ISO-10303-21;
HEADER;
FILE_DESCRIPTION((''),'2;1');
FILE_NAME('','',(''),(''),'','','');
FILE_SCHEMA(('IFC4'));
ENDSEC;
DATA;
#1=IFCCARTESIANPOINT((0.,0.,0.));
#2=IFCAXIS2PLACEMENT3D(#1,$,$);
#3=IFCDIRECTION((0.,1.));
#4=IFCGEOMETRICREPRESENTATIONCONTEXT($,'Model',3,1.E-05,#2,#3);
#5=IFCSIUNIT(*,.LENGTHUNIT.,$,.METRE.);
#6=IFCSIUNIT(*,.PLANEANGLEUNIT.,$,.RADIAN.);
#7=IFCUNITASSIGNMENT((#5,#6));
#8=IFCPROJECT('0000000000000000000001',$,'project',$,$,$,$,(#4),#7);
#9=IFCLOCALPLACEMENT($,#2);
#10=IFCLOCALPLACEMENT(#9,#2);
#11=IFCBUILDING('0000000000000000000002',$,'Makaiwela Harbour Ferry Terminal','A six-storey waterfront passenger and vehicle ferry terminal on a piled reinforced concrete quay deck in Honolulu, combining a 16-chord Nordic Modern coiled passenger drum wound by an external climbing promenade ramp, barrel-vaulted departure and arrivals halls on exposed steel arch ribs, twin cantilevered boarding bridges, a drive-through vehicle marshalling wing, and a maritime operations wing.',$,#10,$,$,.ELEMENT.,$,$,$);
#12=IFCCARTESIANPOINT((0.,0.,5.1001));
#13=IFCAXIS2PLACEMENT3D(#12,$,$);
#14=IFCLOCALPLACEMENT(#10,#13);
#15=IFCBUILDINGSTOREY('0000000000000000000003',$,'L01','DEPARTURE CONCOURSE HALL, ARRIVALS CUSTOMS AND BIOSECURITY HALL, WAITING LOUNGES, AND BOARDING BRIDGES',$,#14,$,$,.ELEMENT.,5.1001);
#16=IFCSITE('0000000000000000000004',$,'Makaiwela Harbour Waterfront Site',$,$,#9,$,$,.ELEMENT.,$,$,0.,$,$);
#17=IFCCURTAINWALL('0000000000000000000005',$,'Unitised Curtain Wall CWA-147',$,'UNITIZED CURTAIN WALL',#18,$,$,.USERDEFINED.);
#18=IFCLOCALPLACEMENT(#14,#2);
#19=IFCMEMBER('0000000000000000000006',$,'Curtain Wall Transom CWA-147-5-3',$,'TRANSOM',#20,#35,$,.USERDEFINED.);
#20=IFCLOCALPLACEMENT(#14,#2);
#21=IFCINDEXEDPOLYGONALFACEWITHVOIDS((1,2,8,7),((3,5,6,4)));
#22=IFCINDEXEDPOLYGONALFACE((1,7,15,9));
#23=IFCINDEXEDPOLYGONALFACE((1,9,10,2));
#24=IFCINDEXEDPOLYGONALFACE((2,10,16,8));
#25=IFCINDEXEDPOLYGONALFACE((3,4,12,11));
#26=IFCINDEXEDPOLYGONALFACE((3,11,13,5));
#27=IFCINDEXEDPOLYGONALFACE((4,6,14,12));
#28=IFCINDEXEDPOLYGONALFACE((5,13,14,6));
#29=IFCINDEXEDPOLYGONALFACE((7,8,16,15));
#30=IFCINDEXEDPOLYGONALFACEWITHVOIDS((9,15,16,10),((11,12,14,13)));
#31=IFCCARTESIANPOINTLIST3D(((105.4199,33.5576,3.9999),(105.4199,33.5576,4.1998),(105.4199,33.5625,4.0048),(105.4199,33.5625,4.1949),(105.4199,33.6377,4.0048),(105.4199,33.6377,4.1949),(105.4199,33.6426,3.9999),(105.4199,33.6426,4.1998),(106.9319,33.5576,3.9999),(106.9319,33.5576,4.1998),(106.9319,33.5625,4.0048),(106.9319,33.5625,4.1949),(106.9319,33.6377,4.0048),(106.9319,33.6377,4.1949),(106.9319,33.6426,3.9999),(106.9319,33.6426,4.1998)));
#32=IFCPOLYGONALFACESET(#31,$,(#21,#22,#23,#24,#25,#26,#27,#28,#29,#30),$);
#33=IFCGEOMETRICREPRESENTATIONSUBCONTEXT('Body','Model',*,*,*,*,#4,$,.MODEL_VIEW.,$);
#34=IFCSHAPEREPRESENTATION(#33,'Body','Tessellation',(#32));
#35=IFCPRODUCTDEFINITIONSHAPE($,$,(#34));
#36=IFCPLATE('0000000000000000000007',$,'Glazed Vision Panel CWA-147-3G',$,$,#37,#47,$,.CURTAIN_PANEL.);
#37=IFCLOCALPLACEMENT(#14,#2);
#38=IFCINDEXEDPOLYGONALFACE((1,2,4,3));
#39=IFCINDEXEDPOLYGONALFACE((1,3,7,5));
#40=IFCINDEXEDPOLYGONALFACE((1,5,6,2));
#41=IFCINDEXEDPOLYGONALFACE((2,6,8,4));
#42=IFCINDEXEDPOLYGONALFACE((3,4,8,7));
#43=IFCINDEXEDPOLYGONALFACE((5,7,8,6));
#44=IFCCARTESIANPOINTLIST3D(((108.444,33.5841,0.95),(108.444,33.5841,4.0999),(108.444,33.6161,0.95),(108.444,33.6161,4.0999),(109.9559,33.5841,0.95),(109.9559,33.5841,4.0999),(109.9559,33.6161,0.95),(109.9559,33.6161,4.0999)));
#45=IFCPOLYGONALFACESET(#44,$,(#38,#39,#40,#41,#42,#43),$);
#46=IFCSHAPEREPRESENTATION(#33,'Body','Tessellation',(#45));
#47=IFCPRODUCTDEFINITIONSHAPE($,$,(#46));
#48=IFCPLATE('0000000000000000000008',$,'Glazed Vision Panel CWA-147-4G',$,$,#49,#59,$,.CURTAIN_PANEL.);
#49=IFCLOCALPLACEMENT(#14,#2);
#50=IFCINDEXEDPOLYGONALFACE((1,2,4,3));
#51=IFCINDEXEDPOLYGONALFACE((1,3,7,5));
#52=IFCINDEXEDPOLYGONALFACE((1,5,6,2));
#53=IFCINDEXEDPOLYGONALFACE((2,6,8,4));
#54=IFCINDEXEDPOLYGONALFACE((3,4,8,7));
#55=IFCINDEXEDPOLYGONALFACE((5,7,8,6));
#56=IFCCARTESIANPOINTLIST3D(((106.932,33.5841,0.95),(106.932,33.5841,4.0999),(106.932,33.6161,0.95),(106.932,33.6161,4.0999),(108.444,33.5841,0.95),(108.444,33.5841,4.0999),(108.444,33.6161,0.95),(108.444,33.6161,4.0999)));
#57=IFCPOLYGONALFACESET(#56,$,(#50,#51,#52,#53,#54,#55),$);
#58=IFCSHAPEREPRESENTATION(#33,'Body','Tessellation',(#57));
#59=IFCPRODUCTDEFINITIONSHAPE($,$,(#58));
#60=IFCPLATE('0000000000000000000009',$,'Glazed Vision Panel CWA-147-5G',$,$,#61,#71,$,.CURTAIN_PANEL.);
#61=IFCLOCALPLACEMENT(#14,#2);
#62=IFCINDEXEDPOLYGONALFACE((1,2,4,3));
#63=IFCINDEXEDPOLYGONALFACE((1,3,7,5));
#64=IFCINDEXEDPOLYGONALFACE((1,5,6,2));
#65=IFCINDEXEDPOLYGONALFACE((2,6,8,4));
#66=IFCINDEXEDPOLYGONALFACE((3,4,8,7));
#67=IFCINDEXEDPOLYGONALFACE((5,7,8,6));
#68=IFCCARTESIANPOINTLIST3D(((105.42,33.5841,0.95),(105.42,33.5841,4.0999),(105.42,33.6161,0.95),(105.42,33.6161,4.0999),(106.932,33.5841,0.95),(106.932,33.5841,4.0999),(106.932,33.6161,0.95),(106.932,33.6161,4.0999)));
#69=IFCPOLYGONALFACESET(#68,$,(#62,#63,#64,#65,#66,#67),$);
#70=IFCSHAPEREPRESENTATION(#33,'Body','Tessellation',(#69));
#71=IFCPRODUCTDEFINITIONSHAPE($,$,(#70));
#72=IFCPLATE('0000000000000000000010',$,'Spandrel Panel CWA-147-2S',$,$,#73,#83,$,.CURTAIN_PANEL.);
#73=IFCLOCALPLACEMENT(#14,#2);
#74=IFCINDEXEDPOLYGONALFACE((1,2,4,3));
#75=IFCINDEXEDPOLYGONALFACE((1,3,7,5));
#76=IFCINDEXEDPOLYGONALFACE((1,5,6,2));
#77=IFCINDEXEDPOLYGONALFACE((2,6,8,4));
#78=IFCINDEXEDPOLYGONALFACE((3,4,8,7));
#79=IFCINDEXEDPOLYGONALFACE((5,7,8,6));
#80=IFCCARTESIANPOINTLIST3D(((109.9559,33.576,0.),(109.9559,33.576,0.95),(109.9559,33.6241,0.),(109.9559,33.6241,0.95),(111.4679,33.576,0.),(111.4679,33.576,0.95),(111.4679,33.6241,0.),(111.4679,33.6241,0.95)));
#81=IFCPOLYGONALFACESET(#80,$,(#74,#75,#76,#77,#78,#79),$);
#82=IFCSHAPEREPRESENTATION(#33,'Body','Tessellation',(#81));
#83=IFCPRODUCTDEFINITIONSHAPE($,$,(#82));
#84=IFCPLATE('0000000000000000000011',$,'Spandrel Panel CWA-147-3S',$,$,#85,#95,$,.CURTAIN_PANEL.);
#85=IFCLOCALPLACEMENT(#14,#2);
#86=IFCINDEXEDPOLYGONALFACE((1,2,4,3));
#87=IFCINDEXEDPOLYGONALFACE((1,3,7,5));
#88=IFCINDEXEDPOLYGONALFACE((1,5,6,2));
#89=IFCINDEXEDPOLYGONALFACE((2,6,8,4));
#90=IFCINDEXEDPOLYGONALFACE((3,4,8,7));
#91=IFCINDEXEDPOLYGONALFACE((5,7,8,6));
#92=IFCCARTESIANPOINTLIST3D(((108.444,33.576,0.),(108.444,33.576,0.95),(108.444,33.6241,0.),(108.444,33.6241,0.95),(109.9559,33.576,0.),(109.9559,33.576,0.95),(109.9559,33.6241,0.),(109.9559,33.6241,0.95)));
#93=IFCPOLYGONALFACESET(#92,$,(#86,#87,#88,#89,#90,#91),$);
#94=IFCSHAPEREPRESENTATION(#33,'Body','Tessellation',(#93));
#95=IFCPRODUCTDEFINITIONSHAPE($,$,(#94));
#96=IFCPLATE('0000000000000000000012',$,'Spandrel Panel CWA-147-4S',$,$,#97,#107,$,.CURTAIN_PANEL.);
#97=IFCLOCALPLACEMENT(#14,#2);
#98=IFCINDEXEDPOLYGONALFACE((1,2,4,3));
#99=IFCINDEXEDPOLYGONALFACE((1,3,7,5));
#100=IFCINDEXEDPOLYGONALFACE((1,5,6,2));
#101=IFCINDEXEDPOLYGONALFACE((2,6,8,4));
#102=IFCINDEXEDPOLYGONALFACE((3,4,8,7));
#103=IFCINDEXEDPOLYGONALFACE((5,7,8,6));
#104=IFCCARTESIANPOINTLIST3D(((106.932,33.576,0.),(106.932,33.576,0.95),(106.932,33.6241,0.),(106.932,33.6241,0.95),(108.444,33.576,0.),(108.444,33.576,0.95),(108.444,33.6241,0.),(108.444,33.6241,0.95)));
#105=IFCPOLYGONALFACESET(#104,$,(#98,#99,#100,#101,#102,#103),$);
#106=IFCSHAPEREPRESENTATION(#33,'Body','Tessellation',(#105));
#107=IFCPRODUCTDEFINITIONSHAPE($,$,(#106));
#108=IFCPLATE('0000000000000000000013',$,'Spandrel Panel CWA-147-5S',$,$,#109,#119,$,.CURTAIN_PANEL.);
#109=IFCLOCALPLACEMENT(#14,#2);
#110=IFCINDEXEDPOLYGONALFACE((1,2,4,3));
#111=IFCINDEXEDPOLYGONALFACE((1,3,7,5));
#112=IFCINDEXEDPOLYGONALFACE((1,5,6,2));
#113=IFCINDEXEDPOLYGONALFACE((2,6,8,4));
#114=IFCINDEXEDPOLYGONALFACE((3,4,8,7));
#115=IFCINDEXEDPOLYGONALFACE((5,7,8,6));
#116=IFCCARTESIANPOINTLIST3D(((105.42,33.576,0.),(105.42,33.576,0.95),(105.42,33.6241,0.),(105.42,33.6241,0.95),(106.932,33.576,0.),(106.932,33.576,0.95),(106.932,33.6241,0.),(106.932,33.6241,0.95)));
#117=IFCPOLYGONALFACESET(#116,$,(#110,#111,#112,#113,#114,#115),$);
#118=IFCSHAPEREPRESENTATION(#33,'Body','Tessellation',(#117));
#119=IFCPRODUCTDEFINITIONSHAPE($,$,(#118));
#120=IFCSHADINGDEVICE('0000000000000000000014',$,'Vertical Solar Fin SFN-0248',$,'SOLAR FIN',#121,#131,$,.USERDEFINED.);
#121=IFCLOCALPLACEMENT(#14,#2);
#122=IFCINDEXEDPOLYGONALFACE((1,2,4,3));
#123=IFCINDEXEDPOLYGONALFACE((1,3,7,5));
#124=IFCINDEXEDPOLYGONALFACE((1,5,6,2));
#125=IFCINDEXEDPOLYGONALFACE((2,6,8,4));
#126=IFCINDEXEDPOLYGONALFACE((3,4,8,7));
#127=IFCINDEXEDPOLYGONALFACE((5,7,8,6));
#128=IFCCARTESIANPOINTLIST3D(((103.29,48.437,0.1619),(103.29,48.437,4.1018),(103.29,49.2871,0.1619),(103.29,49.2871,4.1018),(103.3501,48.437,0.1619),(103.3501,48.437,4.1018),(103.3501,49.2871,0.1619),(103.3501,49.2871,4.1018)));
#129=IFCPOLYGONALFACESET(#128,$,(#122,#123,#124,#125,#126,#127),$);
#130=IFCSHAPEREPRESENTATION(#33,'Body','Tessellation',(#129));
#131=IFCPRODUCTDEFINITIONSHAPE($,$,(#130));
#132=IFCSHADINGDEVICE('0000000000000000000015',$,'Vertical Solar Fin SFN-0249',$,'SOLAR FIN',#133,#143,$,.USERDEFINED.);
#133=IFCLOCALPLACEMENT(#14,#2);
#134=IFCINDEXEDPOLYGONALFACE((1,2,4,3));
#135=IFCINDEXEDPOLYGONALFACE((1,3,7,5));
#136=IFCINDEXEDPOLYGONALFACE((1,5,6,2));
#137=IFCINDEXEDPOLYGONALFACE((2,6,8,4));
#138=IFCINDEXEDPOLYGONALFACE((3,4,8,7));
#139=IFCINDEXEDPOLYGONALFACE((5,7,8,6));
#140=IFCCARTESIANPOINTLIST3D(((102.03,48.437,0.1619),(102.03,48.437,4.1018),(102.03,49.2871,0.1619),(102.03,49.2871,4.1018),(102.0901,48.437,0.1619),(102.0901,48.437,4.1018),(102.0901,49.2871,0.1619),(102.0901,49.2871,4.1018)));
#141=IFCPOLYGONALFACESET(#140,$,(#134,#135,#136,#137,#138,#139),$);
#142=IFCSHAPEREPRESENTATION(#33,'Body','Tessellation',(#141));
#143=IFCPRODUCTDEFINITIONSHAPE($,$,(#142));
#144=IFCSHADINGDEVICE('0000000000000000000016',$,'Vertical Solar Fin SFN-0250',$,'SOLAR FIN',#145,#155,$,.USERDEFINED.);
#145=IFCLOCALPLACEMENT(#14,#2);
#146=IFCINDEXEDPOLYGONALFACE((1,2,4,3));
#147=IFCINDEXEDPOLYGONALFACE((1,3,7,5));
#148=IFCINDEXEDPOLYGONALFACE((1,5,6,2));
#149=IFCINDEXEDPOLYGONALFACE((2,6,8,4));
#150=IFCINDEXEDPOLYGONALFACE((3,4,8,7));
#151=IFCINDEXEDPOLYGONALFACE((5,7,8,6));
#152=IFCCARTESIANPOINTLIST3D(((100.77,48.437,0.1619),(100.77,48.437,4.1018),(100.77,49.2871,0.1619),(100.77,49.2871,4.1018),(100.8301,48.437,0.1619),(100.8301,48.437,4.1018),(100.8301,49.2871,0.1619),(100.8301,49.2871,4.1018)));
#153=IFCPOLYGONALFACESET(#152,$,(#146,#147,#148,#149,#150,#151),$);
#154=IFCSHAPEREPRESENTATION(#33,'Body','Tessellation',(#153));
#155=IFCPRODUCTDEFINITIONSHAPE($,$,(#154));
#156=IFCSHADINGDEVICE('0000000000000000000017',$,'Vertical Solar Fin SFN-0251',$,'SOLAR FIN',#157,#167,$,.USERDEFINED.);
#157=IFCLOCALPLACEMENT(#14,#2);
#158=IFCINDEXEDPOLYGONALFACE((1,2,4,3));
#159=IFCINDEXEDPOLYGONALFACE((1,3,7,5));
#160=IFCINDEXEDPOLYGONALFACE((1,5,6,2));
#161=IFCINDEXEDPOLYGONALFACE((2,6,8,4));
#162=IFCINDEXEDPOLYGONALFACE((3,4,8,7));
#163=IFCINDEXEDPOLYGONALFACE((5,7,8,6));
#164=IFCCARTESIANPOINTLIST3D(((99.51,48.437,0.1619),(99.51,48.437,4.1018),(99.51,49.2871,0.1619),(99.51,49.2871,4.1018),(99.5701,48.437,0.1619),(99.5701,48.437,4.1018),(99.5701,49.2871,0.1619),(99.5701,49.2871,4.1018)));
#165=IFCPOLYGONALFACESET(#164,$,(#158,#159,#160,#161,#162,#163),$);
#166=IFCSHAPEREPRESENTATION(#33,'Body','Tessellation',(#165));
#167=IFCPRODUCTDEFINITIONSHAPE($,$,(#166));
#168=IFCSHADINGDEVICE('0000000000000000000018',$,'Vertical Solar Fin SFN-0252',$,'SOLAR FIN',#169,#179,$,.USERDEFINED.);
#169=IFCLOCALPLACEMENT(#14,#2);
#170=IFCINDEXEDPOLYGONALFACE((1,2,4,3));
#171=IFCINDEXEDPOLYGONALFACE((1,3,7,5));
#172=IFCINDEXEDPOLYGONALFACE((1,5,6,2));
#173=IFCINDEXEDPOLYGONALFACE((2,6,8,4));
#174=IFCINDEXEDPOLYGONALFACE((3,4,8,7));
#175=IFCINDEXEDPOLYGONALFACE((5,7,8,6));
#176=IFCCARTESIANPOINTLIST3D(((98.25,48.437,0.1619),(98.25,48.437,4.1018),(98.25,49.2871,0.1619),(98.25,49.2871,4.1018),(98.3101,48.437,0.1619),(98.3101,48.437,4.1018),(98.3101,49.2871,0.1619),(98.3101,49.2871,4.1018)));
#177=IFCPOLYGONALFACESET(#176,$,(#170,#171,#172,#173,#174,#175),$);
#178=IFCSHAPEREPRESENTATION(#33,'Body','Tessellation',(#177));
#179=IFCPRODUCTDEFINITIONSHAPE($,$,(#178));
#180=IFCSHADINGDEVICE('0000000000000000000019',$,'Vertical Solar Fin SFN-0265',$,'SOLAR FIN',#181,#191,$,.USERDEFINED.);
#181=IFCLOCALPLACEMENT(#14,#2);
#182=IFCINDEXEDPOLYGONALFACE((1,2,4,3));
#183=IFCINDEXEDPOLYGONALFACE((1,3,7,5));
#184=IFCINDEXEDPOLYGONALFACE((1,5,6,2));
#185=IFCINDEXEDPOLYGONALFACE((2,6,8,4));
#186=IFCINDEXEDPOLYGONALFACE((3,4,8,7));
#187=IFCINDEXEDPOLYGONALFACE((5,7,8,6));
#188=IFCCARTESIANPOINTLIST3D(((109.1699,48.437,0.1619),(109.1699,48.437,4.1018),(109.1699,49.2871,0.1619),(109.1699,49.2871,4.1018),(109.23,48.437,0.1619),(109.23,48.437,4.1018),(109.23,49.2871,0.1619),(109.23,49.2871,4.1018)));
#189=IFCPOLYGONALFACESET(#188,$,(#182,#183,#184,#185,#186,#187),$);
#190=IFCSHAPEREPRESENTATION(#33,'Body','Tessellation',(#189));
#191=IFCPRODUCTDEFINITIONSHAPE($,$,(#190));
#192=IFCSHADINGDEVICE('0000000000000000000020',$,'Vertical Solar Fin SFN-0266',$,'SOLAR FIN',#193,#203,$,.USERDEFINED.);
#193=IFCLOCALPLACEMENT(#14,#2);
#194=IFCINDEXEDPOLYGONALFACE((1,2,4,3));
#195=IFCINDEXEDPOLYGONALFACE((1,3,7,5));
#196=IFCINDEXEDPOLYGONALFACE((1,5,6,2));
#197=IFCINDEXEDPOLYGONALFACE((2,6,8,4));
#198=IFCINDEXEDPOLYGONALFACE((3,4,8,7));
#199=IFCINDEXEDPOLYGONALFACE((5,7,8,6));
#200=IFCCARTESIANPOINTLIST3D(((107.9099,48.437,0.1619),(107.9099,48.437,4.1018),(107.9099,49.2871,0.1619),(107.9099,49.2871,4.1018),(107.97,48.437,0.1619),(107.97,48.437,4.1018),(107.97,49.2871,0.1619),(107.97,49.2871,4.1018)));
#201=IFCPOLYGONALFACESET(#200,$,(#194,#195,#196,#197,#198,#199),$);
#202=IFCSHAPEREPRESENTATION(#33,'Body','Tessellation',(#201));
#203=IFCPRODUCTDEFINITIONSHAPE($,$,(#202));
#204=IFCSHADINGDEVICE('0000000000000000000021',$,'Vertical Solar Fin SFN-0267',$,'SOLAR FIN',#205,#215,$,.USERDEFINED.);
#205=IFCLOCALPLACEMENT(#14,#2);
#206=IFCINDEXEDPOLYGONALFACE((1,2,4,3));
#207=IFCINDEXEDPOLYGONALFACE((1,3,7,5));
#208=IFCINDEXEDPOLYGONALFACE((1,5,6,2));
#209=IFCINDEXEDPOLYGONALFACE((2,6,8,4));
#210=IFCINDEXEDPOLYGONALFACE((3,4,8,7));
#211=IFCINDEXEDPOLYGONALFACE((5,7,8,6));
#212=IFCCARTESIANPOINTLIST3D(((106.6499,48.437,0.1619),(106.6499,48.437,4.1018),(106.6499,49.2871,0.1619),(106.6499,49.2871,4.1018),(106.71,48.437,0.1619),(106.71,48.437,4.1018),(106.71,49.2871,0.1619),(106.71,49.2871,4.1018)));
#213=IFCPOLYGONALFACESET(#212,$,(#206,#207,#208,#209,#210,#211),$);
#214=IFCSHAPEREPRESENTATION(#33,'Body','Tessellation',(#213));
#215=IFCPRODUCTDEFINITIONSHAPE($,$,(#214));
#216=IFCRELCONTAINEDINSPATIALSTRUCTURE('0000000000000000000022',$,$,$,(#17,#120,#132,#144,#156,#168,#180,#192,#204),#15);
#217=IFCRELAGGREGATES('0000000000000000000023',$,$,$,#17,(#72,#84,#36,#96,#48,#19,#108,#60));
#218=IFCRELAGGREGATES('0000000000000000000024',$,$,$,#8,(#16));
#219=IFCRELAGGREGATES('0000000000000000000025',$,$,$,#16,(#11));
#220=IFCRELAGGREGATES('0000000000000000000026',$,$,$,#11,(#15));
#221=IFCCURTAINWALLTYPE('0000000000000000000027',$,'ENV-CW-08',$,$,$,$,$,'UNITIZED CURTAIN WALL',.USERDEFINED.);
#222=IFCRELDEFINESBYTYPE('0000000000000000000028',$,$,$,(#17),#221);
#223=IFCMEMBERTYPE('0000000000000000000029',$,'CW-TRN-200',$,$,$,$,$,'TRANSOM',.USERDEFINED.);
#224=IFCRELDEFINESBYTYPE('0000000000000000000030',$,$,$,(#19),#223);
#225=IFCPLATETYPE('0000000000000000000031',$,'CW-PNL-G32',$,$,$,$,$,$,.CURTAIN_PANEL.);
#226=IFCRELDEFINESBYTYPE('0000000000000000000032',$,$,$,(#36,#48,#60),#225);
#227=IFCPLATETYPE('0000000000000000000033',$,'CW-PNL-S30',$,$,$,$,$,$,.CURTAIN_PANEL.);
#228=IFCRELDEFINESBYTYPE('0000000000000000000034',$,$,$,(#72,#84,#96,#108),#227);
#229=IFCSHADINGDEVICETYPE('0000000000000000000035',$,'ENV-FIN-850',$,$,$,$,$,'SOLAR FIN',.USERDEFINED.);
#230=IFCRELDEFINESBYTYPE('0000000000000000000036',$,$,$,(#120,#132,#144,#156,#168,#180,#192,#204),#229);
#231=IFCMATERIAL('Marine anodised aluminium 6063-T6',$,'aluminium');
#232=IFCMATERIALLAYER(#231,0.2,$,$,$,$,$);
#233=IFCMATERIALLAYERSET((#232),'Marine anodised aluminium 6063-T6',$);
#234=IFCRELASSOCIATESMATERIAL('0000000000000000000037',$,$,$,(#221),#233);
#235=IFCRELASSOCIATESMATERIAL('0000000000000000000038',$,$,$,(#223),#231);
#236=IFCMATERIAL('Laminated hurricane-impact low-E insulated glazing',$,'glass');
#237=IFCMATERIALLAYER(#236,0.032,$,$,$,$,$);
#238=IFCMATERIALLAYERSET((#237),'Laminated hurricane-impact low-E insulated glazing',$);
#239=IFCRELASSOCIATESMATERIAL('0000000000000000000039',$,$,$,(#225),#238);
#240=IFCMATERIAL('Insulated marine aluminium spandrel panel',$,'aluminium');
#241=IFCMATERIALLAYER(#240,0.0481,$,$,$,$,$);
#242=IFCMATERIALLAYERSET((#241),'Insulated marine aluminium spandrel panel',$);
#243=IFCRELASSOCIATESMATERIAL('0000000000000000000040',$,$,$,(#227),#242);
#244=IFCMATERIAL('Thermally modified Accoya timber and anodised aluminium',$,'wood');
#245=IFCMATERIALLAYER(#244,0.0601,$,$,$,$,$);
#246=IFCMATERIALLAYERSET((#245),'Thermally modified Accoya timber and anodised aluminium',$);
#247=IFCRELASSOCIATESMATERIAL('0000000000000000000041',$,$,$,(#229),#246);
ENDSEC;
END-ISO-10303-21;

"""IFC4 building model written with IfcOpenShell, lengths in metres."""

from ifc_helpers import new_model, si_unit, direction, frame, origin, origin_2d, place, context, subcontext, project, spatial, rectangle, hollow_rectangle, extrude, material, layer, layer_set, material_profile, profile_set, type_object, element, aggregate, save


model = new_model("IFC4")

# Units and contexts
model_context = context("Model", 3, precision=1e-05, world=origin(), true_north=direction((0.0, 1.0)))
body_context = subcontext(model_context, "Body", "Model", "MODEL_VIEW")
ifc_project = project(units=[si_unit("LENGTHUNIT", "METRE"), si_unit("PLANEANGLEUNIT", "RADIAN")], contexts=[model_context])

# Site, building, storey
site_placement = place(None, origin())
site = spatial("IfcSite", under=ifc_project, at=site_placement, Name="Makaiwela Harbour Waterfront Site", CompositionType="ELEMENT", RefElevation=0.0)
building_placement = place(site_placement, origin())
building = spatial("IfcBuilding", under=site, at=building_placement, Name="Makaiwela Harbour Ferry Terminal", Description="A six-storey waterfront passenger and vehicle ferry terminal on a piled reinforced concrete quay deck in Honolulu, combining a 16-chord Nordic Modern coiled passenger drum wound by an external climbing promenade ramp, barrel-vaulted departure and arrivals halls on exposed steel arch ribs, twin cantilevered boarding bridges, a drive-through vehicle marshalling wing, and a maritime operations wing.", CompositionType="ELEMENT")
storey_placement = place(building_placement, frame((0.0, 0.0, 5.1001)))
storey = spatial("IfcBuildingStorey", under=building, at=storey_placement, Name="L01", Description="DEPARTURE CONCOURSE HALL, ARRIVALS CUSTOMS AND BIOSECURITY HALL, WAITING LOUNGES, AND BOARDING BRIDGES", CompositionType="ELEMENT", Elevation=5.1001)

# Curtain wall, member, plates
ifc_material_1 = material(Name="Marine anodised aluminium 6063-T6", Category="aluminium")
ifc_layer_1 = layer(ifc_material_1, 0.2)
ifc_layer_set_1 = layer_set([ifc_layer_1], Name="Marine anodised aluminium 6063-T6")
curtain_wall_type = type_object("IfcCurtainWallType", Name="ENV-CW-08", ElementType="UNITIZED CURTAIN WALL", PredefinedType="USERDEFINED", material=ifc_layer_set_1)
curtain_wall_placement = place(storey_placement, origin())
curtain_wall = element("IfcCurtainWall", 1, at=curtain_wall_placement, inside=storey, type_object=curtain_wall_type, Name="Unitised Curtain Wall CWA-147", ObjectType="UNITIZED CURTAIN WALL", PredefinedType="USERDEFINED")
ifc_material_profile_1 = material_profile(ifc_material_1, hollow_rectangle(XDim=0.085, YDim=0.2, WallThickness=0.0049, at=origin_2d()), Name="CWT-200X85")
ifc_profile_set_1 = profile_set([ifc_material_profile_1], Name="Marine anodised aluminium 6063-T6")
member_type_1 = type_object("IfcMemberType", Name="CW-TRN-200", ElementType="TRANSOM", PredefinedType="USERDEFINED", material=ifc_profile_set_1)
member_1_placement = place(storey_placement, frame((106.9319, 33.6001, 4.0999), z_axis=(-1.0, 0.0, 0.0), x_axis=(0.0, -1.0, 0.0)))
member_1 = element("IfcMember", 2, at=member_1_placement, type_object=member_type_1, Name="Curtain Wall Transom CWA-147-5-3", ObjectType="TRANSOM", PredefinedType="USERDEFINED", context=body_context, shape_type="SweptSolid", body=[
    extrude(hollow_rectangle(XDim=0.085, YDim=0.2, WallThickness=0.0049, at=origin_2d()), origin(), (0.0, 0.0, 1.0), 1.512),
])
ifc_material_2 = material(Name="Laminated hurricane-impact low-E insulated glazing", Category="glass")
ifc_layer_2 = layer(ifc_material_2, 0.032)
ifc_layer_set_2 = layer_set([ifc_layer_2], Name="Laminated hurricane-impact low-E insulated glazing")
plate_type_1 = type_object("IfcPlateType", Name="CW-PNL-G32", PredefinedType="CURTAIN_PANEL", material=ifc_layer_set_2)
plate_1_placement = place(storey_placement, frame((109.2, 33.6001, 0.95), z_axis=(0.0, 0.0, 1.0), x_axis=(-1.0, 0.0, 0.0)))
plate_1 = element("IfcPlate", 3, at=plate_1_placement, type_object=plate_type_1, Name="Glazed Vision Panel CWA-147-3G", PredefinedType="CURTAIN_PANEL", context=body_context, shape_type="SweptSolid", body=[
    extrude(rectangle(XDim=1.512, YDim=0.032, at=origin_2d()), origin(), (0.0, 0.0, 1.0), 3.1499),
])
plate_2_placement = place(storey_placement, frame((107.688, 33.6001, 0.95), z_axis=(0.0, 0.0, 1.0), x_axis=(-1.0, 0.0, 0.0)))
plate_2 = element("IfcPlate", 4, at=plate_2_placement, type_object=plate_type_1, Name="Glazed Vision Panel CWA-147-4G", PredefinedType="CURTAIN_PANEL", context=body_context, shape_type="SweptSolid", body=[
    extrude(rectangle(XDim=1.512, YDim=0.032, at=origin_2d()), origin(), (0.0, 0.0, 1.0), 3.1499),
])
plate_3_placement = place(storey_placement, frame((106.176, 33.6001, 0.95), z_axis=(0.0, 0.0, 1.0), x_axis=(-1.0, 0.0, 0.0)))
plate_3 = element("IfcPlate", 5, at=plate_3_placement, type_object=plate_type_1, Name="Glazed Vision Panel CWA-147-5G", PredefinedType="CURTAIN_PANEL", context=body_context, shape_type="SweptSolid", body=[
    extrude(rectangle(XDim=1.512, YDim=0.032, at=origin_2d()), origin(), (0.0, 0.0, 1.0), 3.1499),
])
ifc_material_3 = material(Name="Insulated marine aluminium spandrel panel", Category="aluminium")
ifc_layer_3 = layer(ifc_material_3, 0.0481)
ifc_layer_set_3 = layer_set([ifc_layer_3], Name="Insulated marine aluminium spandrel panel")
plate_type_2 = type_object("IfcPlateType", Name="CW-PNL-S30", PredefinedType="CURTAIN_PANEL", material=ifc_layer_set_3)
plate_4_placement = place(storey_placement, frame((110.7119, 33.6001, 0.0), z_axis=(0.0, 0.0, 1.0), x_axis=(-1.0, 0.0, 0.0)))
plate_4 = element("IfcPlate", 6, at=plate_4_placement, type_object=plate_type_2, Name="Spandrel Panel CWA-147-2S", PredefinedType="CURTAIN_PANEL", context=body_context, shape_type="SweptSolid", body=[
    extrude(rectangle(XDim=1.512, YDim=0.0481, at=origin_2d()), origin(), (0.0, 0.0, 1.0), 0.95),
])
plate_5_placement = place(storey_placement, frame((109.2, 33.6001, 0.0), z_axis=(0.0, 0.0, 1.0), x_axis=(-1.0, 0.0, 0.0)))
plate_5 = element("IfcPlate", 7, at=plate_5_placement, type_object=plate_type_2, Name="Spandrel Panel CWA-147-3S", PredefinedType="CURTAIN_PANEL", context=body_context, shape_type="SweptSolid", body=[
    extrude(rectangle(XDim=1.512, YDim=0.0481, at=origin_2d()), origin(), (0.0, 0.0, 1.0), 0.95),
])
plate_6_placement = place(storey_placement, frame((107.688, 33.6001, 0.0), z_axis=(0.0, 0.0, 1.0), x_axis=(-1.0, 0.0, 0.0)))
plate_6 = element("IfcPlate", 8, at=plate_6_placement, type_object=plate_type_2, Name="Spandrel Panel CWA-147-4S", PredefinedType="CURTAIN_PANEL", context=body_context, shape_type="SweptSolid", body=[
    extrude(rectangle(XDim=1.512, YDim=0.0481, at=origin_2d()), origin(), (0.0, 0.0, 1.0), 0.95),
])
plate_7_placement = place(storey_placement, frame((106.176, 33.6001, 0.0), z_axis=(0.0, 0.0, 1.0), x_axis=(-1.0, 0.0, 0.0)))
plate_7 = element("IfcPlate", 9, at=plate_7_placement, type_object=plate_type_2, Name="Spandrel Panel CWA-147-5S", PredefinedType="CURTAIN_PANEL", context=body_context, shape_type="SweptSolid", body=[
    extrude(rectangle(XDim=1.512, YDim=0.0481, at=origin_2d()), origin(), (0.0, 0.0, 1.0), 0.95),
])
aggregate(curtain_wall, [plate_4, plate_5, plate_1, plate_6, plate_2, member_1, plate_7, plate_3])

# Shading devices
ifc_material_4 = material(Name="Thermally modified Accoya timber and anodised aluminium", Category="wood")
ifc_layer_4 = layer(ifc_material_4, 0.0601)
ifc_layer_set_4 = layer_set([ifc_layer_4], Name="Thermally modified Accoya timber and anodised aluminium")
shading_device_type = type_object("IfcShadingDeviceType", Name="ENV-FIN-850", ElementType="SOLAR FIN", PredefinedType="USERDEFINED", material=ifc_layer_set_4)
for number, where, z_axis, x_axis, name in (
    (10, (103.3201, 48.8621, 0.1619), (0.0, 0.0, 1.0), (0.0, -1.0, 0.0), "Vertical Solar Fin SFN-0248"),
    (11, (102.0601, 48.8621, 0.1619), (0.0, 0.0, 1.0), (0.0, -1.0, 0.0), "Vertical Solar Fin SFN-0249"),
    (12, (100.8, 48.8621, 0.1619), (0.0, 0.0, 1.0), (0.0, -1.0, 0.0), "Vertical Solar Fin SFN-0250"),
    (13, (99.54, 48.8621, 0.1619), (0.0, 0.0, 1.0), (0.0, -1.0, 0.0), "Vertical Solar Fin SFN-0251"),
    (14, (98.28, 48.8621, 0.1619), (0.0, 0.0, 1.0), (0.0, -1.0, 0.0), "Vertical Solar Fin SFN-0252"),
    (15, (109.2, 48.8621, 0.1619), (0.0, 0.0, 1.0), (0.0, -1.0, 0.0), "Vertical Solar Fin SFN-0265"),
    (16, (107.9399, 48.8621, 0.1619), (0.0, 0.0, 1.0), (0.0, -1.0, 0.0), "Vertical Solar Fin SFN-0266"),
    (17, (106.6799, 48.8621, 0.1619), (0.0, 0.0, 1.0), (0.0, -1.0, 0.0), "Vertical Solar Fin SFN-0267"),
):
    element("IfcShadingDevice", number, at=place(storey_placement, frame(where, z_axis=z_axis, x_axis=x_axis)), inside=storey, type_object=shading_device_type, Name=name, ObjectType="SOLAR FIN", PredefinedType="USERDEFINED", context=body_context, shape_type="SweptSolid", body=[
        extrude(rectangle(XDim=0.8501, YDim=0.0601, at=origin_2d()), origin(), (0.0, 0.0, 1.0), 3.9399),
    ])

save(model, "model.ifc")
